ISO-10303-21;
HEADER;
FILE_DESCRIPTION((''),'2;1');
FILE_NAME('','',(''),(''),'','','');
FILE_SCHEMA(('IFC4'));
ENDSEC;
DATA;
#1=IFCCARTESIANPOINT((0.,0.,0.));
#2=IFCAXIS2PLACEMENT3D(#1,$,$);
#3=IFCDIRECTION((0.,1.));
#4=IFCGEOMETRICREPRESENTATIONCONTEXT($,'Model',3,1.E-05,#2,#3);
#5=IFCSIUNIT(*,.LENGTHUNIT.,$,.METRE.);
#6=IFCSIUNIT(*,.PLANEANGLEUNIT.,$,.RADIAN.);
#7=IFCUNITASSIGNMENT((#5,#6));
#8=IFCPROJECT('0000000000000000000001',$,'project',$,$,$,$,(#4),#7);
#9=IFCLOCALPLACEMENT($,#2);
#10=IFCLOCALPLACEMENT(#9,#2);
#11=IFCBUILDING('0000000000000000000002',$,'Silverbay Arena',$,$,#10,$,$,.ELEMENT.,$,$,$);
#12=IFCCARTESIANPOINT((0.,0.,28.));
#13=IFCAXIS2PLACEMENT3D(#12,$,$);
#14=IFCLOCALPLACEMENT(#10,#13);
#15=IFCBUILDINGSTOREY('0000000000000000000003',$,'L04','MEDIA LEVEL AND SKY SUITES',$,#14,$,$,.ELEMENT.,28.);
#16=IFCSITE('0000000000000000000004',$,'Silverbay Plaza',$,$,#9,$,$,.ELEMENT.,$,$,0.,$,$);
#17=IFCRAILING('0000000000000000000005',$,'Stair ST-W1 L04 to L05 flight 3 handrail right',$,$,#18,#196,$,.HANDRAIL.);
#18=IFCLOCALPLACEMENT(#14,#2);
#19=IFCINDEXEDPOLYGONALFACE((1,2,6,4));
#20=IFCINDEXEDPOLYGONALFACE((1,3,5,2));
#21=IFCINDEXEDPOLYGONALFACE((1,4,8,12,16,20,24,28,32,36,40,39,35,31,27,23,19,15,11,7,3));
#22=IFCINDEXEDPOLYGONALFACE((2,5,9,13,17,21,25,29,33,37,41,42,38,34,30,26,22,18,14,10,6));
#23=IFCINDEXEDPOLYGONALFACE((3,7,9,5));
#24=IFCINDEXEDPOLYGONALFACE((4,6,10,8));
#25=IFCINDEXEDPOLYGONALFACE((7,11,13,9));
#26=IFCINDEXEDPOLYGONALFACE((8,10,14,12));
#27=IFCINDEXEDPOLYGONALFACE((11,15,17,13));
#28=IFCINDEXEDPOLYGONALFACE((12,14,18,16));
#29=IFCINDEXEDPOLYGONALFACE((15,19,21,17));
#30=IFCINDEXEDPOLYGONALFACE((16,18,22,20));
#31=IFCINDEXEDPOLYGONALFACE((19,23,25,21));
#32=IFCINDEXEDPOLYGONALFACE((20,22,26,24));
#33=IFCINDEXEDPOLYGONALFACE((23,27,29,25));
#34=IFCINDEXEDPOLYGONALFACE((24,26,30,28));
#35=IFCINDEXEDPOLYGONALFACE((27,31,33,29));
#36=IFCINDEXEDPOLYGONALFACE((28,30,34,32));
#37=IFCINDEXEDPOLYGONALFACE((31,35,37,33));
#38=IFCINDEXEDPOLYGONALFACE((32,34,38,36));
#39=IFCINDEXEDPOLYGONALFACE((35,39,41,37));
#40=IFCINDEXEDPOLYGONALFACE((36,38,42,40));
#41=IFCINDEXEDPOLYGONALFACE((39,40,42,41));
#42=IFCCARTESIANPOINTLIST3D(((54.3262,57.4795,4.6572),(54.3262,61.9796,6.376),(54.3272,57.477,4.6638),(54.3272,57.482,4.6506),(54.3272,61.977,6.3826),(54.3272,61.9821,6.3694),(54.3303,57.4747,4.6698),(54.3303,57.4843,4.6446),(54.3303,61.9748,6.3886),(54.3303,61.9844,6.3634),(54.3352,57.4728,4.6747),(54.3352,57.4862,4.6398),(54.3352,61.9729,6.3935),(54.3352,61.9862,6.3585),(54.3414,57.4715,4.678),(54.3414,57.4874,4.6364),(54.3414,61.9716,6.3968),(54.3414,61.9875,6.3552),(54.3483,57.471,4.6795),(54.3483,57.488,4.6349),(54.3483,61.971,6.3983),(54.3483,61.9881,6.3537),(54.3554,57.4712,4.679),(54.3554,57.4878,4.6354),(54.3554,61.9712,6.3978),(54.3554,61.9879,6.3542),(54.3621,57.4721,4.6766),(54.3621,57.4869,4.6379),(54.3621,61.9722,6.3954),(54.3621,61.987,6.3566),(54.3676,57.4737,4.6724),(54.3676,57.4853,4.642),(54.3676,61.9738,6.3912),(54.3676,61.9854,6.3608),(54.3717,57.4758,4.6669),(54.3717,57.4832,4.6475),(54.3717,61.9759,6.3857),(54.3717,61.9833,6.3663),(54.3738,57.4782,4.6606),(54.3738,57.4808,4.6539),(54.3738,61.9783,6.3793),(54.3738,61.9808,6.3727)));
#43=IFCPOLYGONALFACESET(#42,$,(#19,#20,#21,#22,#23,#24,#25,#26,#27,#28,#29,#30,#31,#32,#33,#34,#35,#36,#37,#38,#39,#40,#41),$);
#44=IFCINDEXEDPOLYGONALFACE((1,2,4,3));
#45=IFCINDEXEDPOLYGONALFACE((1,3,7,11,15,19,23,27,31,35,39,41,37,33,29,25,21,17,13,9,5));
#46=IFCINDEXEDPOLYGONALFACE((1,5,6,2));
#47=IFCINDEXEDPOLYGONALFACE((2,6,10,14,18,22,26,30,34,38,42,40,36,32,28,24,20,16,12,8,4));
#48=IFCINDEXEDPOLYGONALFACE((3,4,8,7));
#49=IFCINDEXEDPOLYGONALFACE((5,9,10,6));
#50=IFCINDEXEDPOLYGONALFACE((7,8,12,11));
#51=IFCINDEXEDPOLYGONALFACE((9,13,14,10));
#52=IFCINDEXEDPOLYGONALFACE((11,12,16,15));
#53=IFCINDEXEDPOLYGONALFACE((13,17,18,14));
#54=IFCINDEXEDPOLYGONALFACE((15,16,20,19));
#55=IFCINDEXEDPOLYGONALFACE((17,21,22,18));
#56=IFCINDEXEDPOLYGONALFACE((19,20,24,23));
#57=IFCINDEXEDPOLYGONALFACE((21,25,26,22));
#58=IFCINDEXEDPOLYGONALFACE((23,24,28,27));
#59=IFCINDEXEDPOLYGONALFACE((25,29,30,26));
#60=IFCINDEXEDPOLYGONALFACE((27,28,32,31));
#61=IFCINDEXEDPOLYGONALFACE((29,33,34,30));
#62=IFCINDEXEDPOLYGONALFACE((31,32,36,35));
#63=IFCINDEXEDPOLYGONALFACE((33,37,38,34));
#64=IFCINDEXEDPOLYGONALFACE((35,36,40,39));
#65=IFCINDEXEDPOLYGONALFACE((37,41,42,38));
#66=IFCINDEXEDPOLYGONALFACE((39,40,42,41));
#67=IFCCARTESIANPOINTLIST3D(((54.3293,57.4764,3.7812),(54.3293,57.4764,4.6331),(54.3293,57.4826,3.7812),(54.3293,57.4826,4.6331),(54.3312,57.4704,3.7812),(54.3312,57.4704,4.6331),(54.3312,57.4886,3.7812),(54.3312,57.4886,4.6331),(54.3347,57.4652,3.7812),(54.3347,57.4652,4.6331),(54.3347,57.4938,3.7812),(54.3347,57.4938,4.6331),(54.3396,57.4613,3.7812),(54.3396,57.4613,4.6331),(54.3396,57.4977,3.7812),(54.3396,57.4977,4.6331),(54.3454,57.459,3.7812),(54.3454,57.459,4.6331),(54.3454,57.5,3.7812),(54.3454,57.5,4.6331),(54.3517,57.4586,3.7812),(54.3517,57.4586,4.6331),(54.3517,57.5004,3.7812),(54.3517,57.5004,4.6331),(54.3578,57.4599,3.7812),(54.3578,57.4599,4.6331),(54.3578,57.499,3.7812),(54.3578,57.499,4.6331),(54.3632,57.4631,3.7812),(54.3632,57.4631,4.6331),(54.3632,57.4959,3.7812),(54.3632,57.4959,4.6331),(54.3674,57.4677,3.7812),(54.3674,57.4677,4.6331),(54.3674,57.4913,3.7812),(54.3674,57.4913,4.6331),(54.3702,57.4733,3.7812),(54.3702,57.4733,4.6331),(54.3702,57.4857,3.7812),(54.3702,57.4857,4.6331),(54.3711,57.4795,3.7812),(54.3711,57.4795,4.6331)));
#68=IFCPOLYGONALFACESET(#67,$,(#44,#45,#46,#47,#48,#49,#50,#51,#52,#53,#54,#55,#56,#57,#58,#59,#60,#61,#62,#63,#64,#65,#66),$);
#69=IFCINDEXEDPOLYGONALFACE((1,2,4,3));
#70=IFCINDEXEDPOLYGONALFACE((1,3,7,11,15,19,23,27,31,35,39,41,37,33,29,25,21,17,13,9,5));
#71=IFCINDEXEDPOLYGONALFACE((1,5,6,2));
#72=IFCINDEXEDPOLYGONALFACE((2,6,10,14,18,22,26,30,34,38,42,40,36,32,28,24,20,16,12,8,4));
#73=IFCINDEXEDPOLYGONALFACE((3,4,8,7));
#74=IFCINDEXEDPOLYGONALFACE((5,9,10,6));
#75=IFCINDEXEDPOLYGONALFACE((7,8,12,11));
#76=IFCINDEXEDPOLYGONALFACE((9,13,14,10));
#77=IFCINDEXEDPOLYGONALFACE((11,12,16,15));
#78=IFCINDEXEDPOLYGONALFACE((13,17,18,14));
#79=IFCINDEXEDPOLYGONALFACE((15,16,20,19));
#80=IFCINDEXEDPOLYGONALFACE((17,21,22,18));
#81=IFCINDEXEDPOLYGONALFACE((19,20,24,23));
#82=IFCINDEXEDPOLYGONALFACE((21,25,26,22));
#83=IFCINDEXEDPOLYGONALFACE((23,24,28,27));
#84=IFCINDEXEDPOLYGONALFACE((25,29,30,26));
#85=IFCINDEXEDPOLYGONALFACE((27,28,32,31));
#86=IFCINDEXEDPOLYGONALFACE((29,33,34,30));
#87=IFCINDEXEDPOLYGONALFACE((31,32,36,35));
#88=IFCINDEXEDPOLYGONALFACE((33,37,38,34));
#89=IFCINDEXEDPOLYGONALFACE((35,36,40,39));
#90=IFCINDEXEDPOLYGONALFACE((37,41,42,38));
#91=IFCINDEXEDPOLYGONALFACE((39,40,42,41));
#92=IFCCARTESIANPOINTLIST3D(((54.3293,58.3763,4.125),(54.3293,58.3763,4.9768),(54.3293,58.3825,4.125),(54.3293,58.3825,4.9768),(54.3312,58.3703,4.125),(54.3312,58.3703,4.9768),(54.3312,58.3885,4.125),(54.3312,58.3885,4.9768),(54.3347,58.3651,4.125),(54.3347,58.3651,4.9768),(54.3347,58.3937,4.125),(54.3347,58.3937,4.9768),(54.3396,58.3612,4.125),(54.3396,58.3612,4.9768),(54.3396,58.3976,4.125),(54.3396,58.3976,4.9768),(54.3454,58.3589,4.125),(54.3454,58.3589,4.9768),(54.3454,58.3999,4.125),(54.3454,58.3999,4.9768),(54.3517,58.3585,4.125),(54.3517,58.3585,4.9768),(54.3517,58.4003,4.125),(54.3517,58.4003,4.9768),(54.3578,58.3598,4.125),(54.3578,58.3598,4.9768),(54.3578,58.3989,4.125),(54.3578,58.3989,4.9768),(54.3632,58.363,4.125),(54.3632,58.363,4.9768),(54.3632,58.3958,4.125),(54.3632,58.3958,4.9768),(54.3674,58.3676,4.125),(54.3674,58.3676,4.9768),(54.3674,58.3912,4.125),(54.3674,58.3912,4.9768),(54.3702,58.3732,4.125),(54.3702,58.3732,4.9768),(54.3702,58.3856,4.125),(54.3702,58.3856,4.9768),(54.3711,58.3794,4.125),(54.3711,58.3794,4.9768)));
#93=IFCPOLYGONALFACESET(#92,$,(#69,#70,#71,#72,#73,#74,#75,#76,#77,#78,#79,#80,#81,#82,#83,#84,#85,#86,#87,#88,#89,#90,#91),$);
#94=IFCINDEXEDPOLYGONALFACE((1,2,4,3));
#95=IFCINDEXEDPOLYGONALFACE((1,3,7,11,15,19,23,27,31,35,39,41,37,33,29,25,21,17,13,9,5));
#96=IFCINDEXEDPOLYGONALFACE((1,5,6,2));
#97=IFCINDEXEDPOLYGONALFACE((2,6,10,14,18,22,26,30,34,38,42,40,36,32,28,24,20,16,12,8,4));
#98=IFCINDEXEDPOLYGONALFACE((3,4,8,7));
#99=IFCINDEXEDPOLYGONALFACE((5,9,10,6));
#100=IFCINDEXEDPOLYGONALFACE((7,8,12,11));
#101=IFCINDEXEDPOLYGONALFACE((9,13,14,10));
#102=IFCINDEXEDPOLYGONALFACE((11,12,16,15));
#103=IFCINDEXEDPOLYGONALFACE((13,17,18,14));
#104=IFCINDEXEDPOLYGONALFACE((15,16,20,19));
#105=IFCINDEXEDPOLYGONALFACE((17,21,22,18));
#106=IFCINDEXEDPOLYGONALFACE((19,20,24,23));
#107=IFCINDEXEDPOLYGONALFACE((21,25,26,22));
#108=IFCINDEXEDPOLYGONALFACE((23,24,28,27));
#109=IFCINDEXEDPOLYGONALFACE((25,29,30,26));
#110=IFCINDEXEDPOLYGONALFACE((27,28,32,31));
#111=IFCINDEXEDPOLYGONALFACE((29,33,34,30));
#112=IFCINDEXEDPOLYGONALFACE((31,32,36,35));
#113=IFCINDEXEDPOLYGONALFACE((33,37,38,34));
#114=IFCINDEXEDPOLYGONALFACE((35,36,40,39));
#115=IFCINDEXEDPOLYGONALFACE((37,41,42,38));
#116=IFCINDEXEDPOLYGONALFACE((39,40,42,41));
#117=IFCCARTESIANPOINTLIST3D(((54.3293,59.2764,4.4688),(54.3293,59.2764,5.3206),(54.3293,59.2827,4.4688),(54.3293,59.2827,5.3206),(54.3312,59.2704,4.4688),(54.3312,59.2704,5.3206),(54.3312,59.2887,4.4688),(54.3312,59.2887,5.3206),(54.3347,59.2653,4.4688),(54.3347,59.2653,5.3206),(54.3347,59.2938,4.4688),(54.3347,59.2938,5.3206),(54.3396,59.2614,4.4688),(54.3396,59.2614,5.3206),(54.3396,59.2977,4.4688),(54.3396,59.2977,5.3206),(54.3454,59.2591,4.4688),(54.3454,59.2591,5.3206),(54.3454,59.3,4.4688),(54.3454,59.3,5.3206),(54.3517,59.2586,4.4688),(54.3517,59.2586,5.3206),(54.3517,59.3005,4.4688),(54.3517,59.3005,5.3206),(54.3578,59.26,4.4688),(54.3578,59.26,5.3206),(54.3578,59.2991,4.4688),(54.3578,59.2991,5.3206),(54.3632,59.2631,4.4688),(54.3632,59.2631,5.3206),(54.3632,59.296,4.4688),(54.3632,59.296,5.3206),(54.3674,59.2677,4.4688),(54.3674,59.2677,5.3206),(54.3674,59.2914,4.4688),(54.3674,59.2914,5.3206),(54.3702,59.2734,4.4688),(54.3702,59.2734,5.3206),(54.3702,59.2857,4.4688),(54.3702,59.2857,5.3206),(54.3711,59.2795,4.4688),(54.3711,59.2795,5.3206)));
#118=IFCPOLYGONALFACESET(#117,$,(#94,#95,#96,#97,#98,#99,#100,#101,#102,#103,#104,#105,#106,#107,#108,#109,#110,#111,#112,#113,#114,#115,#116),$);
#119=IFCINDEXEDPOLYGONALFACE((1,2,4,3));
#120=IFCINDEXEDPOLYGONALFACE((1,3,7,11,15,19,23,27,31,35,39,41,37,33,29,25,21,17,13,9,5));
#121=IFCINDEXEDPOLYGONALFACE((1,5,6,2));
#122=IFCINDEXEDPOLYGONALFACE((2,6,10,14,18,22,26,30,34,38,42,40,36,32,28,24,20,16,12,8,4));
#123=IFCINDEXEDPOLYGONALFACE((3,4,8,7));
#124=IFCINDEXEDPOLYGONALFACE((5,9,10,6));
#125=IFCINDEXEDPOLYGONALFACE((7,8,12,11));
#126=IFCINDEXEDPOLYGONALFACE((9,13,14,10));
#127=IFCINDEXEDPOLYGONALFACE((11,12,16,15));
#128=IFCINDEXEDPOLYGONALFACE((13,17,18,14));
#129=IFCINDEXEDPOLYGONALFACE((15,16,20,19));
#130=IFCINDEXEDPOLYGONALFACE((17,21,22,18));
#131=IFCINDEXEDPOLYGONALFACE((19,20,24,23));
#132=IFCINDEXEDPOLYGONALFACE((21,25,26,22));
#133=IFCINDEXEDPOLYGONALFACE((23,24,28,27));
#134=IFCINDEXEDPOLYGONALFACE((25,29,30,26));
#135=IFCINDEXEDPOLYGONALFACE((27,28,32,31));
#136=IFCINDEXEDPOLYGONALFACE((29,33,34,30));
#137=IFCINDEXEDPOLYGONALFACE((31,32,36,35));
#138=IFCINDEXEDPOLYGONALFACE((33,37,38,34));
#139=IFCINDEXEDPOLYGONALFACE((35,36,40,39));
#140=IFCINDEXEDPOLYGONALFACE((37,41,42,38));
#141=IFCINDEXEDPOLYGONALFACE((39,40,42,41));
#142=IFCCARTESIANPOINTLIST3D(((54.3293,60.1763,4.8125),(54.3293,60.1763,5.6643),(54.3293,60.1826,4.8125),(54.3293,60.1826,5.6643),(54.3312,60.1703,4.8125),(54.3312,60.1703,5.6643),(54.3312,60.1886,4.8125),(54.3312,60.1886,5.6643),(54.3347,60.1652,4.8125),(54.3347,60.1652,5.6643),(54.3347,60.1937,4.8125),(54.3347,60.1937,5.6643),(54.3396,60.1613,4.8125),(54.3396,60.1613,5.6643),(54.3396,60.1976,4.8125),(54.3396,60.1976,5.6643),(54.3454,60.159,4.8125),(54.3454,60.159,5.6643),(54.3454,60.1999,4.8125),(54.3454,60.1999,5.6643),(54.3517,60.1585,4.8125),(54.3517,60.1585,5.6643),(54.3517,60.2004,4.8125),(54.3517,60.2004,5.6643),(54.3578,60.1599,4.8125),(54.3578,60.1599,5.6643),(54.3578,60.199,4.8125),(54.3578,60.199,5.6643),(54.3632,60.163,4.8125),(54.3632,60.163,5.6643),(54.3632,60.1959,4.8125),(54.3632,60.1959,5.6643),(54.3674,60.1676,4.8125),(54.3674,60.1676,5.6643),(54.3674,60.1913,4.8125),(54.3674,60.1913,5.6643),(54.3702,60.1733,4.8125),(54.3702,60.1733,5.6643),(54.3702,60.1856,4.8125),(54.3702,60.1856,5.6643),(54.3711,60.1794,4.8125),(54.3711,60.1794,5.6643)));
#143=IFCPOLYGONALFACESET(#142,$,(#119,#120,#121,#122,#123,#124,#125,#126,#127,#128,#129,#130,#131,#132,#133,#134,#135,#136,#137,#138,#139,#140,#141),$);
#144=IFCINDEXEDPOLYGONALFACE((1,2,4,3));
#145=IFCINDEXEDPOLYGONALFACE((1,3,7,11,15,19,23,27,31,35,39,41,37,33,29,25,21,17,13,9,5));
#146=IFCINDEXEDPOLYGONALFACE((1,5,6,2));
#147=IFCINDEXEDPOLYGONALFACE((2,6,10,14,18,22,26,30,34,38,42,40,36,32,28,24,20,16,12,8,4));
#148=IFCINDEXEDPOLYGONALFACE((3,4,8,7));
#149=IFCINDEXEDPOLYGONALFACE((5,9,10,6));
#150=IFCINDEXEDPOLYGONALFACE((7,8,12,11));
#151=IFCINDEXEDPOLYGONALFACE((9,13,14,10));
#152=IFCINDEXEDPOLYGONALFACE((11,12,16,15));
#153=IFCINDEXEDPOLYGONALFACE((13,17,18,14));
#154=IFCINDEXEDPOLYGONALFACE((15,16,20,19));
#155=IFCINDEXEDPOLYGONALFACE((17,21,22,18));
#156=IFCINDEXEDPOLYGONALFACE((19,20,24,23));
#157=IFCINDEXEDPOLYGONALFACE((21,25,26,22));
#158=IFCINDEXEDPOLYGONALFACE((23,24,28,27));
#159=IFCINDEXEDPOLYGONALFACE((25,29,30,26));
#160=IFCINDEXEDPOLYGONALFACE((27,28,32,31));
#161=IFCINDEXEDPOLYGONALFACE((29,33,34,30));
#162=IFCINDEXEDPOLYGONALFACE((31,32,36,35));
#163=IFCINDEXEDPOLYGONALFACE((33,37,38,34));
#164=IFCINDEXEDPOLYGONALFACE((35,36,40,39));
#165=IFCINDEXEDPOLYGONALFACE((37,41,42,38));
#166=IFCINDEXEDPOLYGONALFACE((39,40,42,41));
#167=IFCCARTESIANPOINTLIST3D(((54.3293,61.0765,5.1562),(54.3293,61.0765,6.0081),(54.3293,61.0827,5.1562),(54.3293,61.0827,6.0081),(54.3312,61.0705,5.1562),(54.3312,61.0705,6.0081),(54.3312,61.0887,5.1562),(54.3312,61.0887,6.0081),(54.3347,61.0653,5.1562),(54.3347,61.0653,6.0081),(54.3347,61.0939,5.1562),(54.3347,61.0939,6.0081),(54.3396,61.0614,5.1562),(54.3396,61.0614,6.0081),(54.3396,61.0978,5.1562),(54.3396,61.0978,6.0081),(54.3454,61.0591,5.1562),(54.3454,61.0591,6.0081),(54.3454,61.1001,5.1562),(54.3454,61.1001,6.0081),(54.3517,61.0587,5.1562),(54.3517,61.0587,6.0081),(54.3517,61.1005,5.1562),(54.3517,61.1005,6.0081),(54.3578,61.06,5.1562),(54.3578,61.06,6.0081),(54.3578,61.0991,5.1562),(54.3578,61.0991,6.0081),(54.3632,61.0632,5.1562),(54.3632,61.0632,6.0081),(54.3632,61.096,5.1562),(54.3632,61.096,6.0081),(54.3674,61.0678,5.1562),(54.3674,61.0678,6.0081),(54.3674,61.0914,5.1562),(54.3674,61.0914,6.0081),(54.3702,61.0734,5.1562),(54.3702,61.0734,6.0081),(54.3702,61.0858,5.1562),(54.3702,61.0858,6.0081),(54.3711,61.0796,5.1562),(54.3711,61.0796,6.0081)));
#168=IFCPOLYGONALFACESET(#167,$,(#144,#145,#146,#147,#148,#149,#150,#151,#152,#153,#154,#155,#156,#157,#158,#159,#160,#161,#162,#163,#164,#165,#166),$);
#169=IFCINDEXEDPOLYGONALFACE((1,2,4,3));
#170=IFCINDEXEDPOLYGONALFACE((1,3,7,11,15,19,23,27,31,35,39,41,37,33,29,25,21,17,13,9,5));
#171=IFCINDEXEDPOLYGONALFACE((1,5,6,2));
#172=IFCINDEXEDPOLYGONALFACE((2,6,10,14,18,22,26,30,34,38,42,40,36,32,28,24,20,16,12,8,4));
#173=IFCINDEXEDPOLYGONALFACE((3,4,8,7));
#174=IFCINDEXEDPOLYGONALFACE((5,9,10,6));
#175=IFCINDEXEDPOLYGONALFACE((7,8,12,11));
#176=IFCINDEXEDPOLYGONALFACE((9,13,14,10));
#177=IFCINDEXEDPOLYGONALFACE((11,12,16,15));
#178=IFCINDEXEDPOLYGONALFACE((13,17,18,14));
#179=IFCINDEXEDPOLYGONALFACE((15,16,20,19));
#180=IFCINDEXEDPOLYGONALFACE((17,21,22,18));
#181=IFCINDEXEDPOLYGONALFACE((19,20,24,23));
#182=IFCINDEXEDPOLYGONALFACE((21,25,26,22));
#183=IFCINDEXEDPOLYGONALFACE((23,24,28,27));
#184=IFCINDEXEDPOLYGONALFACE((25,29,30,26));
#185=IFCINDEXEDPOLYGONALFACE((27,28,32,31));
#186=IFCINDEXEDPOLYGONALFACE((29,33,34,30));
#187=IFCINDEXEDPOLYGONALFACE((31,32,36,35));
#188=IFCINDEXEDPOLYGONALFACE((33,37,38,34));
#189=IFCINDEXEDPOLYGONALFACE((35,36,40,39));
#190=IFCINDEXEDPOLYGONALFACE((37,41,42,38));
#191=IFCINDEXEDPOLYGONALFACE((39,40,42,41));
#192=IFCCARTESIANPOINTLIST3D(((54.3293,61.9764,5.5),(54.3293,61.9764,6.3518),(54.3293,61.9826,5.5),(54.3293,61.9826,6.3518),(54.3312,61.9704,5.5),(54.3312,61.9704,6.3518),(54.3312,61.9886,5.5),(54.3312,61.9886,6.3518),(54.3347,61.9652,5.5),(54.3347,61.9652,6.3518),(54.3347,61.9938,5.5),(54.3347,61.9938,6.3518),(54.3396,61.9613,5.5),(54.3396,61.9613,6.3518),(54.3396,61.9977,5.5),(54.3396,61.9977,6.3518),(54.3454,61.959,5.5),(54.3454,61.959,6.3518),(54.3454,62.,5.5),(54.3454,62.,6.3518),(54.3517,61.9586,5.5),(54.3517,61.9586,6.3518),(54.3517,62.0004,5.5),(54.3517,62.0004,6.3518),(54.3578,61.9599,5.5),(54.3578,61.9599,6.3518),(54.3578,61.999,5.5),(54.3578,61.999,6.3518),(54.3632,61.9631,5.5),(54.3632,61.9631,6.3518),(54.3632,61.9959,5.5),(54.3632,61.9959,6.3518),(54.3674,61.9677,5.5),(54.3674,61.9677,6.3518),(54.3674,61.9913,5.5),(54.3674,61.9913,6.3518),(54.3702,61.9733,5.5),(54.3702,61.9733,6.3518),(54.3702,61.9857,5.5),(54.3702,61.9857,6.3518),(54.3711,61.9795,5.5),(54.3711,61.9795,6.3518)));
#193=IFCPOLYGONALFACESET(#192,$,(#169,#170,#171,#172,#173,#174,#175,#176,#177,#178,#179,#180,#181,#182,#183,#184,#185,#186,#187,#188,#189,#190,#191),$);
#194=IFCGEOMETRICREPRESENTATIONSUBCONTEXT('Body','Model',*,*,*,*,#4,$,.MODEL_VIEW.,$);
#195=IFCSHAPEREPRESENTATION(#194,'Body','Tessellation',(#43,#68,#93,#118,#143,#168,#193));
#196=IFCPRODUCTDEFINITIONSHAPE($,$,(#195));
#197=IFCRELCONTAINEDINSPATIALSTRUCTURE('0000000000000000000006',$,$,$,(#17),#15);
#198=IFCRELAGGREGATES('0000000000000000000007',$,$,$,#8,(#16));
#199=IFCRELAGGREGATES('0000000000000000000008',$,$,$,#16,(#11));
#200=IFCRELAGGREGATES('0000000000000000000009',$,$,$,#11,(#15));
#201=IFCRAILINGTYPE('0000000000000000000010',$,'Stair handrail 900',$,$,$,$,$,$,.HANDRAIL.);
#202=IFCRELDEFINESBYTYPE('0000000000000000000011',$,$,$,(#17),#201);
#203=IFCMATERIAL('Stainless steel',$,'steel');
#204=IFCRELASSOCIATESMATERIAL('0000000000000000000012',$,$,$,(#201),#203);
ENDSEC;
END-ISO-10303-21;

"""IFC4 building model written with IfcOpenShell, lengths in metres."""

from ifc_helpers import new_model, si_unit, direction, frame, origin, origin_2d, place, context, subcontext, project, spatial, circle, extrude, material, type_object, element, save


model = new_model("IFC4")

# Units and contexts
model_context = context("Model", 3, precision=1e-05, world=origin(), true_north=direction((0.0, 1.0)))
body_context = subcontext(model_context, "Body", "Model", "MODEL_VIEW")
ifc_project = project(units=[si_unit("LENGTHUNIT", "METRE"), si_unit("PLANEANGLEUNIT", "RADIAN")], contexts=[model_context])

# Site, building, storey
site_placement = place(None, origin())
site = spatial("IfcSite", under=ifc_project, at=site_placement, Name="Silverbay Plaza", CompositionType="ELEMENT", RefElevation=0.0)
building_placement = place(site_placement, origin())
building = spatial("IfcBuilding", under=site, at=building_placement, Name="Silverbay Arena", CompositionType="ELEMENT")
storey_placement = place(building_placement, frame((0.0, 0.0, 28.0)))
storey = spatial("IfcBuildingStorey", under=building, at=storey_placement, Name="L04", Description="MEDIA LEVEL AND SKY SUITES", CompositionType="ELEMENT", Elevation=28.0)

# Railing
ifc_material_1 = material(Name="Stainless steel", Category="steel")
railing_type_1 = type_object("IfcRailingType", Name="Stair handrail 900", PredefinedType="HANDRAIL", material=ifc_material_1)
for number, where, name in (
    (1, (54.3501, 57.4795, 3.7812), "Stair ST-W1 L04 to L05 flight 3 handrail right"),
):
    element("IfcRailing", number, at=place(storey_placement, frame(where)), inside=storey, type_object=railing_type_1, Name=name, PredefinedType="HANDRAIL", context=body_context, shape_type="SweptSolid", body=[
        extrude(circle(Radius=0.0239, at=origin_2d()), frame((0.0, 0.0, 0.876), z_axis=(0.0, 0.934179, 0.356805), x_axis=(-1.0, 0.0, 0.0)), (0.0, 0.0, 1.0), 4.8171),
        extrude(circle(Radius=0.021, at=origin_2d()), origin(), (0.0, 0.0, 1.0), 0.8518),
        extrude(circle(Radius=0.021, at=origin_2d()), frame((0.0, 0.8999, 0.3438)), (0.0, 0.0, 1.0), 0.8518),
        extrude(circle(Radius=0.021, at=origin_2d()), frame((0.0, 1.8, 0.6875)), (0.0, 0.0, 1.0), 0.8518),
        extrude(circle(Radius=0.021, at=origin_2d()), frame((0.0, 2.7, 1.0312)), (0.0, 0.0, 1.0), 0.8518),
        extrude(circle(Radius=0.021, at=origin_2d()), frame((0.0, 3.6001, 1.375)), (0.0, 0.0, 1.0), 0.8518),
        extrude(circle(Radius=0.021, at=origin_2d()), frame((0.0, 4.5, 1.7188)), (0.0, 0.0, 1.0), 0.8518),
    ])

save(model, "model.ifc")
